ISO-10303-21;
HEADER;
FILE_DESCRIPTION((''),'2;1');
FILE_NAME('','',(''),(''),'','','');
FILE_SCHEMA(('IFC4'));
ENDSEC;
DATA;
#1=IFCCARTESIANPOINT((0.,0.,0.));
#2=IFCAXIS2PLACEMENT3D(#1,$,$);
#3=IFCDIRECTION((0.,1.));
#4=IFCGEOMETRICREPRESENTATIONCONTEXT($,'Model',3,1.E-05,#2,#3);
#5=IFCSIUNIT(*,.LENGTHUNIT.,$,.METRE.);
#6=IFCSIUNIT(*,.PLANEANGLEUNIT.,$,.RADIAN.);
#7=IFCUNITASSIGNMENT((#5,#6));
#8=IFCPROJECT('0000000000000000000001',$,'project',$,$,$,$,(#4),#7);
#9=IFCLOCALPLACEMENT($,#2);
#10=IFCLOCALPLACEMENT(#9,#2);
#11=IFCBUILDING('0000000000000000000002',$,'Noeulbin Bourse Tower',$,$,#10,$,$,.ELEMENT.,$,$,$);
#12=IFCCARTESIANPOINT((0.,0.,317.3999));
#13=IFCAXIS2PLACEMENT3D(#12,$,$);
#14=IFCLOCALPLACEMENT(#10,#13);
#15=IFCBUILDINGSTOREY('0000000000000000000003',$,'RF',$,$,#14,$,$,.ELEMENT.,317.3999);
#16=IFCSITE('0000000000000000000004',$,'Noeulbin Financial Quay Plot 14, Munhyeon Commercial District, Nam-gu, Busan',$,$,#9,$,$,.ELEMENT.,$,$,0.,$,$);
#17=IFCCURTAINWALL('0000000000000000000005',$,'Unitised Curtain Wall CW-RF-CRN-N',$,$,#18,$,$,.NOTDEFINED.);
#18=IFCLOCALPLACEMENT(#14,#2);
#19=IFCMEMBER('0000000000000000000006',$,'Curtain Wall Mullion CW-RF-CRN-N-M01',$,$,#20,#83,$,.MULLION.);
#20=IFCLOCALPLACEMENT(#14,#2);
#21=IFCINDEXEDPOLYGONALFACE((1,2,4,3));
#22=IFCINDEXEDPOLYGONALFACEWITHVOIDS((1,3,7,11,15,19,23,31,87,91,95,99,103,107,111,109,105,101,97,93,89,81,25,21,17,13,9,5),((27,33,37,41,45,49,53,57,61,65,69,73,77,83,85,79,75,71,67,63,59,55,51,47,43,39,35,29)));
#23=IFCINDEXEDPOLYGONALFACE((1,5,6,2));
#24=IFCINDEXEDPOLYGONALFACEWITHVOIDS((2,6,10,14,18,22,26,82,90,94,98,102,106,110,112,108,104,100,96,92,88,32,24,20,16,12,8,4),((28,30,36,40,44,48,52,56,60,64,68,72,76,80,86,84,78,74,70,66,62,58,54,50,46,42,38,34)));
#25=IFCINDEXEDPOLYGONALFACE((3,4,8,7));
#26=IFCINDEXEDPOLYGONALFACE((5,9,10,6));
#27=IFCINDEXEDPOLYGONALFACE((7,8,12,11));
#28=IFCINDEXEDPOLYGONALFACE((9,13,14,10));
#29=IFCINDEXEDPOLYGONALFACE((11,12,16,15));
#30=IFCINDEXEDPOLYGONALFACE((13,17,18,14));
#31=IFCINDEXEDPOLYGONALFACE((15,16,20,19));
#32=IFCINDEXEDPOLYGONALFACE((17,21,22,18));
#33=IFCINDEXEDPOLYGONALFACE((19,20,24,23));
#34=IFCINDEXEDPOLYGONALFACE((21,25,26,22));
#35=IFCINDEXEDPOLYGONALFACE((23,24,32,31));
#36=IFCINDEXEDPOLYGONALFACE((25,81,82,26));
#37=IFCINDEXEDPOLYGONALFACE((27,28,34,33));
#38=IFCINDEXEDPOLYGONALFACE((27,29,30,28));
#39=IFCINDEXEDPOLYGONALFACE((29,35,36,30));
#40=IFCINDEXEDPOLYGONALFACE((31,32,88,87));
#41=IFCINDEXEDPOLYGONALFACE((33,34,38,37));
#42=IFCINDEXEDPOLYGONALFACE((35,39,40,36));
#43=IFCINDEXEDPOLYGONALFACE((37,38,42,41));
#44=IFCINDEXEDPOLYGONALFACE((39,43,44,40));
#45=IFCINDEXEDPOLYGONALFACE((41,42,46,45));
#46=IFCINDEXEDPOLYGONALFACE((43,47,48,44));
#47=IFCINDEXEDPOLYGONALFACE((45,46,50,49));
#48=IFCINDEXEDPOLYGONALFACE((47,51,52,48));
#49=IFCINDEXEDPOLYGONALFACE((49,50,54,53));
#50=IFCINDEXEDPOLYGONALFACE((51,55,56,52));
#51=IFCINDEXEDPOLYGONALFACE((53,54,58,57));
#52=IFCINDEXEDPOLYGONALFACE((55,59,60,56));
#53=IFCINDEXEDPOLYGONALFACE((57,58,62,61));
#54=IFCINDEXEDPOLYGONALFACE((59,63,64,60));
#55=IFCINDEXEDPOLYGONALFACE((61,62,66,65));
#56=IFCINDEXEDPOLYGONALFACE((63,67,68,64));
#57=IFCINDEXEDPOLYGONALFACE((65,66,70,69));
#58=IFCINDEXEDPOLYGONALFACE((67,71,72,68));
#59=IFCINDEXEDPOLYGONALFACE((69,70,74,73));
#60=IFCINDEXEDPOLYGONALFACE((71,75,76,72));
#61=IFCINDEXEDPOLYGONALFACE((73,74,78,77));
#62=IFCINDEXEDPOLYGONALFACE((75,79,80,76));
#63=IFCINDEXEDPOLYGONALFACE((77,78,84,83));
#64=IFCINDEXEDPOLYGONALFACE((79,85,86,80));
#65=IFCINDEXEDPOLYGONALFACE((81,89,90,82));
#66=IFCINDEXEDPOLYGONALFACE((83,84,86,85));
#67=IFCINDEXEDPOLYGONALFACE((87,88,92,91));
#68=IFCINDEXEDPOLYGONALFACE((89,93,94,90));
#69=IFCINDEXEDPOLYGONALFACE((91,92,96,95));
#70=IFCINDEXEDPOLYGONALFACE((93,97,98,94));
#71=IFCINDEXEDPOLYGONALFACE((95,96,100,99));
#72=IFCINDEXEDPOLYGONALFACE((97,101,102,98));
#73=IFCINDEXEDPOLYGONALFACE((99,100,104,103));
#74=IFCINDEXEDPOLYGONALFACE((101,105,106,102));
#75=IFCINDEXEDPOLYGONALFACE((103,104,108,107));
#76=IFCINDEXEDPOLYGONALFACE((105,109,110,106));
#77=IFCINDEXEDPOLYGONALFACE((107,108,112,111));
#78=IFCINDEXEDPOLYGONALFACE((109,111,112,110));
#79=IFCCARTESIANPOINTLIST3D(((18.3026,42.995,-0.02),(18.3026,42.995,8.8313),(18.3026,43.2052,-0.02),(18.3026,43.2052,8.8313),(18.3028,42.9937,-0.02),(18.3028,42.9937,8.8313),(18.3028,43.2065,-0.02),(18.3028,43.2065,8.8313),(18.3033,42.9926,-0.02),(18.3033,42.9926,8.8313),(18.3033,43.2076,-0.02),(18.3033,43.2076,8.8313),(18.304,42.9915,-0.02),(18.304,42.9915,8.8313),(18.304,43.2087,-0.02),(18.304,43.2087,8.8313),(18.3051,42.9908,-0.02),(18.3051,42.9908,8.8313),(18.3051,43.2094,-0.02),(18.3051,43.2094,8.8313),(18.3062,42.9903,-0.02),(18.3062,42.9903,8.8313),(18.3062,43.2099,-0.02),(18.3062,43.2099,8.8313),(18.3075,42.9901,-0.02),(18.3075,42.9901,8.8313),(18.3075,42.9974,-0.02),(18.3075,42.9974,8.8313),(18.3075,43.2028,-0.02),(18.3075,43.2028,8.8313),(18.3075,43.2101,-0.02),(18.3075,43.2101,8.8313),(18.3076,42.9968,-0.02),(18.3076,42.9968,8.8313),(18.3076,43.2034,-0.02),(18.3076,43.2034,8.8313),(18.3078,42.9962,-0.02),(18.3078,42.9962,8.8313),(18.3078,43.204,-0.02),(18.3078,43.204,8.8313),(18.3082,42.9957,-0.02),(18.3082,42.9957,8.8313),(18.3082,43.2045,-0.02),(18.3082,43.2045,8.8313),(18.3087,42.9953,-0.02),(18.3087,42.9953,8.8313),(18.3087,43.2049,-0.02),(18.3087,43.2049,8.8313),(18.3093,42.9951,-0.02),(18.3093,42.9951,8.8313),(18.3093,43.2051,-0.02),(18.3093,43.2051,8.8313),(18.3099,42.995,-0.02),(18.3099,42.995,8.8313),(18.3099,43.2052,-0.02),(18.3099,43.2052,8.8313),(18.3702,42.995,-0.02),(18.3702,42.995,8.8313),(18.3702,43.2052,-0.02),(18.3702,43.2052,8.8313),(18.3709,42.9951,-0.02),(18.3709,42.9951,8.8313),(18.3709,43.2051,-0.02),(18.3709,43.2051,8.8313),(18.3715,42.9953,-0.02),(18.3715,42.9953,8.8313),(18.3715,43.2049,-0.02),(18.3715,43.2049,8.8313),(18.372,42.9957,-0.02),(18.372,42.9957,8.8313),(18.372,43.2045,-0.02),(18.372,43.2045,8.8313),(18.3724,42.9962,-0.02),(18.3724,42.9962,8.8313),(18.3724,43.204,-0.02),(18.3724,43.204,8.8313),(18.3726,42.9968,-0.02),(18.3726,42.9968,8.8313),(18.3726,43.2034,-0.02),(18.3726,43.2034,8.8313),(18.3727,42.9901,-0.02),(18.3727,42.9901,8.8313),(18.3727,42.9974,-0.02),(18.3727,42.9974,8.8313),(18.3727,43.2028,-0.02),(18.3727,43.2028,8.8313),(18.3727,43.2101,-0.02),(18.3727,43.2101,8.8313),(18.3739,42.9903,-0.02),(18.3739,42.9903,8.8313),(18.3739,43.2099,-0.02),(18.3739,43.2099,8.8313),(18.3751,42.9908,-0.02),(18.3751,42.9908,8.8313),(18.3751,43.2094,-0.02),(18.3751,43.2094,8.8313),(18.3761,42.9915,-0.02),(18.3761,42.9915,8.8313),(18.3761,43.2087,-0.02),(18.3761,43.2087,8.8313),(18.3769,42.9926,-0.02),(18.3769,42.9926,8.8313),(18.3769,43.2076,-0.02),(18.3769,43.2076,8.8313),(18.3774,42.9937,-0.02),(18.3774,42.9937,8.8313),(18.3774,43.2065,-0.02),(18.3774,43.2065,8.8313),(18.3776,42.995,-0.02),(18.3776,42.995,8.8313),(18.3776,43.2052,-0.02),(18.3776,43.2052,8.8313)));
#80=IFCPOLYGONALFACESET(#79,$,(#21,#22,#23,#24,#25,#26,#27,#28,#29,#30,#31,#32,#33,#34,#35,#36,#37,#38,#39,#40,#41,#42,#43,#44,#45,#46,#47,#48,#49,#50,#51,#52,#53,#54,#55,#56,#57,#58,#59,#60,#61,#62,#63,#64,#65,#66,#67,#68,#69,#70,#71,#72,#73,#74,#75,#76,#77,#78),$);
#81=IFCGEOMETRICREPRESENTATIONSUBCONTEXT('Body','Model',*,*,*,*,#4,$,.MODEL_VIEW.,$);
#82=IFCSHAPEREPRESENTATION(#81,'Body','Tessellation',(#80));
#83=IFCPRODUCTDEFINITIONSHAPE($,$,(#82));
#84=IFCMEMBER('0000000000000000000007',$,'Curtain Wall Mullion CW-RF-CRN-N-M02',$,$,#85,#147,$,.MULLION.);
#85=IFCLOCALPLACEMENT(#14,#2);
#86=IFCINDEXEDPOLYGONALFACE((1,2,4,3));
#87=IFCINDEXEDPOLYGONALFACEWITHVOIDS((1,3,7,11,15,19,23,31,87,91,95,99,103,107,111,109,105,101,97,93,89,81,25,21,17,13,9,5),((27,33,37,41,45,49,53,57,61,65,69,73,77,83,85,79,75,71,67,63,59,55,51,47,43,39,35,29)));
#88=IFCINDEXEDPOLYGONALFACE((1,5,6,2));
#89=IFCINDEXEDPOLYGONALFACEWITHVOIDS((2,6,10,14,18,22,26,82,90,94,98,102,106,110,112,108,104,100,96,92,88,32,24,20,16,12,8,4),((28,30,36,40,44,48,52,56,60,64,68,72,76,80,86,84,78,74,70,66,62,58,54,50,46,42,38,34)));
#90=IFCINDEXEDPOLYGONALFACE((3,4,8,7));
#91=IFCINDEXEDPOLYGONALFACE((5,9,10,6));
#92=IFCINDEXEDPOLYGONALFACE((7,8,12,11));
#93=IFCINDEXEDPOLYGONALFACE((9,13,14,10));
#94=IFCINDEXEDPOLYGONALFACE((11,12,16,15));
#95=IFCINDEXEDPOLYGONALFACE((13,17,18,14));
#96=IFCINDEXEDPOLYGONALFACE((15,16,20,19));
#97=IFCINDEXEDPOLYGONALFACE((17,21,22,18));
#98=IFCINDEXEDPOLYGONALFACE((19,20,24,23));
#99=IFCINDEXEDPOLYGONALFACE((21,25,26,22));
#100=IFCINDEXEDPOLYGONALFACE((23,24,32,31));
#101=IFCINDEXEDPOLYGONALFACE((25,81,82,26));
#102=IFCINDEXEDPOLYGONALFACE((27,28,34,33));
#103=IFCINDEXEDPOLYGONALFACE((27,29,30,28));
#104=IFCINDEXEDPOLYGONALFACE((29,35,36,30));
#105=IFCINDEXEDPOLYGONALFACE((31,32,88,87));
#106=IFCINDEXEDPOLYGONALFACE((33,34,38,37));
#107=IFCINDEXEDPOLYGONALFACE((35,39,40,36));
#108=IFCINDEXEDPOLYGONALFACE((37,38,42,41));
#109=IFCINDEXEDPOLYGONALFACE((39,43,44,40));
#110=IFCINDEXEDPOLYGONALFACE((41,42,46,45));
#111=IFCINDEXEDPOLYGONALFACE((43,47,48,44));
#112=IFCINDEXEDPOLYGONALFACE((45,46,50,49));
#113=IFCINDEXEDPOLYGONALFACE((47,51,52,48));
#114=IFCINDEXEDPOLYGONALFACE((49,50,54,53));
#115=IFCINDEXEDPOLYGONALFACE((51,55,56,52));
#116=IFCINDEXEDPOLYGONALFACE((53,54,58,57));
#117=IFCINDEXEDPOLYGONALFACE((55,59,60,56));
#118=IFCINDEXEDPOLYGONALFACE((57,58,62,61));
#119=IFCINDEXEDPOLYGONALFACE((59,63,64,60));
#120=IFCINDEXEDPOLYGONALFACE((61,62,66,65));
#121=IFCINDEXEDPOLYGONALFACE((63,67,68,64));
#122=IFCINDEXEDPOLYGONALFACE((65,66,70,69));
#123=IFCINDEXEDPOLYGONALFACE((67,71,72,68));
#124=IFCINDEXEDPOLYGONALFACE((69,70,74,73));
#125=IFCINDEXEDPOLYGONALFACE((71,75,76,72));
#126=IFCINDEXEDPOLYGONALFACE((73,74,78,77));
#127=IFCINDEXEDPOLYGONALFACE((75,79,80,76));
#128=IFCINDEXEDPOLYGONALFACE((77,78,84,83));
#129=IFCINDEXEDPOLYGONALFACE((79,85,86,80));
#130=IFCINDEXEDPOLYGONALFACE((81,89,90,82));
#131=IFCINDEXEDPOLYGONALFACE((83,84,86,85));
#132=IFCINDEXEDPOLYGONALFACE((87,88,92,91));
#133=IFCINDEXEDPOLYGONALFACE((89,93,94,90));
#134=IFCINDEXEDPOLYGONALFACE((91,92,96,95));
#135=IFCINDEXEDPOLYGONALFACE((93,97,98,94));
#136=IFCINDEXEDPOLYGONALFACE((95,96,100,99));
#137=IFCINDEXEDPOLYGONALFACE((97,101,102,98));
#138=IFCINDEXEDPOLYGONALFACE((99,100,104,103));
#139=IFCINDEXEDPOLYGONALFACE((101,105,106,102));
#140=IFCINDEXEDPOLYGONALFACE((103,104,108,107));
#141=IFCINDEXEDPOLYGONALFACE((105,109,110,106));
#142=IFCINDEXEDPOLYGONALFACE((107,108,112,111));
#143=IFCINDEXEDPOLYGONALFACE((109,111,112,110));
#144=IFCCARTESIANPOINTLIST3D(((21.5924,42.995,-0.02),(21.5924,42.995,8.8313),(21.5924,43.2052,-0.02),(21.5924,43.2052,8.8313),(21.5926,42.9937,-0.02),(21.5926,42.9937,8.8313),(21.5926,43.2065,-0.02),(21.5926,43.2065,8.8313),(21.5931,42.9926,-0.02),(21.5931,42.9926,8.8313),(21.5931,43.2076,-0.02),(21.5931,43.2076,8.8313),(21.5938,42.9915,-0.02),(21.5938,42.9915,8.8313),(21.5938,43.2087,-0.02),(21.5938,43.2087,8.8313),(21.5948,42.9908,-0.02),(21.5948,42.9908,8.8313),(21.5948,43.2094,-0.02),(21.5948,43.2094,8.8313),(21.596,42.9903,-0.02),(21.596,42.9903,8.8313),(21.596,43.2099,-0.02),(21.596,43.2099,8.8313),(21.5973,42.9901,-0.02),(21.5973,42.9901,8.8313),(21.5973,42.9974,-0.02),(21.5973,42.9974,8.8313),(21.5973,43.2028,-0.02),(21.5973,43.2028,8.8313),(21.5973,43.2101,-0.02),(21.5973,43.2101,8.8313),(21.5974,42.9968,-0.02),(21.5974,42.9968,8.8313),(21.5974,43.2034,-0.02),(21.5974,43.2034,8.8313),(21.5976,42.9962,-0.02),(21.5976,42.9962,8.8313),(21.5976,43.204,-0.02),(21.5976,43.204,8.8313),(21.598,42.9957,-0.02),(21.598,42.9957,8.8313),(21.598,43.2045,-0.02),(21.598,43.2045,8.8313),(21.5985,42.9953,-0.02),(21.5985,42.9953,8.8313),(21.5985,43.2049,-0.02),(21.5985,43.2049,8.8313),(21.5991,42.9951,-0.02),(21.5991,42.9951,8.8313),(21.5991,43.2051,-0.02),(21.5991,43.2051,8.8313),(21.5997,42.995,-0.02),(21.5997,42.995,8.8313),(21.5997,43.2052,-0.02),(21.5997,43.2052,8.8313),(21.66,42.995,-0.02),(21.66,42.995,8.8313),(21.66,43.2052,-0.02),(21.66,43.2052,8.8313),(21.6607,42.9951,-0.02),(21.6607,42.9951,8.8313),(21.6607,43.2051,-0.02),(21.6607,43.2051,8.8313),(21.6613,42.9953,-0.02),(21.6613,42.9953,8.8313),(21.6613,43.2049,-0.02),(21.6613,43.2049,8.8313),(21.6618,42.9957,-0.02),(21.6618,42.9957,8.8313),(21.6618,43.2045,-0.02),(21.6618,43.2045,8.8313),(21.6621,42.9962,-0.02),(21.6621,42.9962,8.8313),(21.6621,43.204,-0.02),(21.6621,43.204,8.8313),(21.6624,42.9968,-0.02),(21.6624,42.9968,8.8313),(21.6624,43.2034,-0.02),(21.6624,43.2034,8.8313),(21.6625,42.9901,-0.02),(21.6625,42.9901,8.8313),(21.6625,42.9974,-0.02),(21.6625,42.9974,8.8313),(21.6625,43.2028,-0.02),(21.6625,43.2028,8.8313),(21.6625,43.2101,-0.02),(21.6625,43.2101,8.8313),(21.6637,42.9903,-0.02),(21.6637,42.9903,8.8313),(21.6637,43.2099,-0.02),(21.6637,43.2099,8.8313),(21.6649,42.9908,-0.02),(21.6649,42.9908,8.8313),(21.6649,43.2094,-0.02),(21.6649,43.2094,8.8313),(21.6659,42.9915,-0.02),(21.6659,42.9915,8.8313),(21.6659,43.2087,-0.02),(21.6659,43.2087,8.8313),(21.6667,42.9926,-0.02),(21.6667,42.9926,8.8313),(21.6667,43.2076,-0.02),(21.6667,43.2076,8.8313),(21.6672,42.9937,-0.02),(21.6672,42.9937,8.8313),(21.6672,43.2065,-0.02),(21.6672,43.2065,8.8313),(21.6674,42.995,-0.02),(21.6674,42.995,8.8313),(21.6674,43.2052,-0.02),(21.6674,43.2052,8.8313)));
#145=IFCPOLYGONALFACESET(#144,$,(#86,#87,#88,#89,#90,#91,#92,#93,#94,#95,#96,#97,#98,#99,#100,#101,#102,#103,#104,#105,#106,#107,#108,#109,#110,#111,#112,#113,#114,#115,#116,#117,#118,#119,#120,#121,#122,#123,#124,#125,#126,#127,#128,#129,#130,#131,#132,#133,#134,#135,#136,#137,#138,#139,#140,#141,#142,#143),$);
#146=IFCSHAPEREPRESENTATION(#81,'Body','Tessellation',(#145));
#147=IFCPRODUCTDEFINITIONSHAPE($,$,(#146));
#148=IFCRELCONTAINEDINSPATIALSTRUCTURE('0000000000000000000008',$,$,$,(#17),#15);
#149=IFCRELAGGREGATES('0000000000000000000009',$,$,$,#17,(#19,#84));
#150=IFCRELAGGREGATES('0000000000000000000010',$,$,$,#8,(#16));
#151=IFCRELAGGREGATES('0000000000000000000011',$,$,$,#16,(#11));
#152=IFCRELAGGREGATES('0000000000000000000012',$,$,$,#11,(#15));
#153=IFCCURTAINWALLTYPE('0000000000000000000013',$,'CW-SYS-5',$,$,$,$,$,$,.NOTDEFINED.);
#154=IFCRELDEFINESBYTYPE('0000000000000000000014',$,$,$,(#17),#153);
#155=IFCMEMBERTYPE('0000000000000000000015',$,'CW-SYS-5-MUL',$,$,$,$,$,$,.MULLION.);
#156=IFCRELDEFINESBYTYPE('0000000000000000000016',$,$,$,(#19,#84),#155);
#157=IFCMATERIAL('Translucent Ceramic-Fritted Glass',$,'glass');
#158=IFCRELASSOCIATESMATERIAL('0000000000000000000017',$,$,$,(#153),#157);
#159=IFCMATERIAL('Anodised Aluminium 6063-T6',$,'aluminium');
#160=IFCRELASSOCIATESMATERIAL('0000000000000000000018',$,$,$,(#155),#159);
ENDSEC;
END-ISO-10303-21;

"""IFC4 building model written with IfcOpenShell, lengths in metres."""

from ifc_helpers import new_model, si_unit, direction, frame, origin, origin_2d, place, context, subcontext, project, spatial, hollow_rectangle, extrude, material, material_profile, profile_set, type_object, element, aggregate, save


model = new_model("IFC4")

# Units and contexts
model_context = context("Model", 3, precision=1e-05, world=origin(), true_north=direction((0.0, 1.0)))
body_context = subcontext(model_context, "Body", "Model", "MODEL_VIEW")
ifc_project = project(units=[si_unit("LENGTHUNIT", "METRE"), si_unit("PLANEANGLEUNIT", "RADIAN")], contexts=[model_context])

# Site, building, storey
site_placement = place(None, origin())
site = spatial("IfcSite", under=ifc_project, at=site_placement, Name="Noeulbin Financial Quay Plot 14, Munhyeon Commercial District, Nam-gu, Busan", CompositionType="ELEMENT", RefElevation=0.0)
building_placement = place(site_placement, origin())
building = spatial("IfcBuilding", under=site, at=building_placement, Name="Noeulbin Bourse Tower", CompositionType="ELEMENT")
storey_placement = place(building_placement, frame((0.0, 0.0, 317.3999)))
storey = spatial("IfcBuildingStorey", under=building, at=storey_placement, Name="RF", CompositionType="ELEMENT", Elevation=317.3999)

# Curtain wall, members
ifc_material_1 = material(Name="Translucent Ceramic-Fritted Glass", Category="glass")
curtain_wall_type = type_object("IfcCurtainWallType", Name="CW-SYS-5", PredefinedType="NOTDEFINED", material=ifc_material_1)
curtain_wall_1_placement = place(storey_placement, origin())
curtain_wall_1 = element("IfcCurtainWall", 1, at=curtain_wall_1_placement, inside=storey, type_object=curtain_wall_type, Name="Unitised Curtain Wall CW-RF-CRN-N", PredefinedType="NOTDEFINED")
ifc_material_2 = material(Name="Anodised Aluminium 6063-T6", Category="aluminium")
ifc_material_profile_1 = material_profile(ifc_material_2, hollow_rectangle(XDim=0.075, YDim=0.22, WallThickness=0.0049, InnerFilletRadius=0.0024, OuterFilletRadius=0.0049, at=origin_2d()), Name="ALU-MULL-75x220x5", Category="LoadBearing")
ifc_profile_set_1 = profile_set([ifc_material_profile_1], Name="Anodised Aluminium 6063-T6")
member_type_1 = type_object("IfcMemberType", Name="CW-SYS-5-MUL", PredefinedType="MULLION", material=ifc_profile_set_1)
member_1_placement = place(storey_placement, frame((18.3401, 43.1001, -0.02), z_axis=(0.0, 0.0, 1.0), x_axis=(1.0, 0.0, 0.0)))
member_1 = element("IfcMember", 2, at=member_1_placement, type_object=member_type_1, Name="Curtain Wall Mullion CW-RF-CRN-N-M01", PredefinedType="MULLION", context=body_context, shape_type="SweptSolid", body=[
    extrude(hollow_rectangle(XDim=0.075, YDim=0.22, WallThickness=0.0049, InnerFilletRadius=0.0024, OuterFilletRadius=0.0049, at=origin_2d()), origin(), (0.0, 0.0, 1.0), 8.8513),
])
member_2_placement = place(storey_placement, frame((21.6299, 43.1001, -0.02), z_axis=(0.0, 0.0, 1.0), x_axis=(1.0, 0.0, 0.0)))
member_2 = element("IfcMember", 3, at=member_2_placement, type_object=member_type_1, Name="Curtain Wall Mullion CW-RF-CRN-N-M02", PredefinedType="MULLION", context=body_context, shape_type="SweptSolid", body=[
    extrude(hollow_rectangle(XDim=0.075, YDim=0.22, WallThickness=0.0049, InnerFilletRadius=0.0024, OuterFilletRadius=0.0049, at=origin_2d()), origin(), (0.0, 0.0, 1.0), 8.8513),
])

aggregate(curtain_wall_1, [member_1, member_2])

save(model, "model.ifc")
